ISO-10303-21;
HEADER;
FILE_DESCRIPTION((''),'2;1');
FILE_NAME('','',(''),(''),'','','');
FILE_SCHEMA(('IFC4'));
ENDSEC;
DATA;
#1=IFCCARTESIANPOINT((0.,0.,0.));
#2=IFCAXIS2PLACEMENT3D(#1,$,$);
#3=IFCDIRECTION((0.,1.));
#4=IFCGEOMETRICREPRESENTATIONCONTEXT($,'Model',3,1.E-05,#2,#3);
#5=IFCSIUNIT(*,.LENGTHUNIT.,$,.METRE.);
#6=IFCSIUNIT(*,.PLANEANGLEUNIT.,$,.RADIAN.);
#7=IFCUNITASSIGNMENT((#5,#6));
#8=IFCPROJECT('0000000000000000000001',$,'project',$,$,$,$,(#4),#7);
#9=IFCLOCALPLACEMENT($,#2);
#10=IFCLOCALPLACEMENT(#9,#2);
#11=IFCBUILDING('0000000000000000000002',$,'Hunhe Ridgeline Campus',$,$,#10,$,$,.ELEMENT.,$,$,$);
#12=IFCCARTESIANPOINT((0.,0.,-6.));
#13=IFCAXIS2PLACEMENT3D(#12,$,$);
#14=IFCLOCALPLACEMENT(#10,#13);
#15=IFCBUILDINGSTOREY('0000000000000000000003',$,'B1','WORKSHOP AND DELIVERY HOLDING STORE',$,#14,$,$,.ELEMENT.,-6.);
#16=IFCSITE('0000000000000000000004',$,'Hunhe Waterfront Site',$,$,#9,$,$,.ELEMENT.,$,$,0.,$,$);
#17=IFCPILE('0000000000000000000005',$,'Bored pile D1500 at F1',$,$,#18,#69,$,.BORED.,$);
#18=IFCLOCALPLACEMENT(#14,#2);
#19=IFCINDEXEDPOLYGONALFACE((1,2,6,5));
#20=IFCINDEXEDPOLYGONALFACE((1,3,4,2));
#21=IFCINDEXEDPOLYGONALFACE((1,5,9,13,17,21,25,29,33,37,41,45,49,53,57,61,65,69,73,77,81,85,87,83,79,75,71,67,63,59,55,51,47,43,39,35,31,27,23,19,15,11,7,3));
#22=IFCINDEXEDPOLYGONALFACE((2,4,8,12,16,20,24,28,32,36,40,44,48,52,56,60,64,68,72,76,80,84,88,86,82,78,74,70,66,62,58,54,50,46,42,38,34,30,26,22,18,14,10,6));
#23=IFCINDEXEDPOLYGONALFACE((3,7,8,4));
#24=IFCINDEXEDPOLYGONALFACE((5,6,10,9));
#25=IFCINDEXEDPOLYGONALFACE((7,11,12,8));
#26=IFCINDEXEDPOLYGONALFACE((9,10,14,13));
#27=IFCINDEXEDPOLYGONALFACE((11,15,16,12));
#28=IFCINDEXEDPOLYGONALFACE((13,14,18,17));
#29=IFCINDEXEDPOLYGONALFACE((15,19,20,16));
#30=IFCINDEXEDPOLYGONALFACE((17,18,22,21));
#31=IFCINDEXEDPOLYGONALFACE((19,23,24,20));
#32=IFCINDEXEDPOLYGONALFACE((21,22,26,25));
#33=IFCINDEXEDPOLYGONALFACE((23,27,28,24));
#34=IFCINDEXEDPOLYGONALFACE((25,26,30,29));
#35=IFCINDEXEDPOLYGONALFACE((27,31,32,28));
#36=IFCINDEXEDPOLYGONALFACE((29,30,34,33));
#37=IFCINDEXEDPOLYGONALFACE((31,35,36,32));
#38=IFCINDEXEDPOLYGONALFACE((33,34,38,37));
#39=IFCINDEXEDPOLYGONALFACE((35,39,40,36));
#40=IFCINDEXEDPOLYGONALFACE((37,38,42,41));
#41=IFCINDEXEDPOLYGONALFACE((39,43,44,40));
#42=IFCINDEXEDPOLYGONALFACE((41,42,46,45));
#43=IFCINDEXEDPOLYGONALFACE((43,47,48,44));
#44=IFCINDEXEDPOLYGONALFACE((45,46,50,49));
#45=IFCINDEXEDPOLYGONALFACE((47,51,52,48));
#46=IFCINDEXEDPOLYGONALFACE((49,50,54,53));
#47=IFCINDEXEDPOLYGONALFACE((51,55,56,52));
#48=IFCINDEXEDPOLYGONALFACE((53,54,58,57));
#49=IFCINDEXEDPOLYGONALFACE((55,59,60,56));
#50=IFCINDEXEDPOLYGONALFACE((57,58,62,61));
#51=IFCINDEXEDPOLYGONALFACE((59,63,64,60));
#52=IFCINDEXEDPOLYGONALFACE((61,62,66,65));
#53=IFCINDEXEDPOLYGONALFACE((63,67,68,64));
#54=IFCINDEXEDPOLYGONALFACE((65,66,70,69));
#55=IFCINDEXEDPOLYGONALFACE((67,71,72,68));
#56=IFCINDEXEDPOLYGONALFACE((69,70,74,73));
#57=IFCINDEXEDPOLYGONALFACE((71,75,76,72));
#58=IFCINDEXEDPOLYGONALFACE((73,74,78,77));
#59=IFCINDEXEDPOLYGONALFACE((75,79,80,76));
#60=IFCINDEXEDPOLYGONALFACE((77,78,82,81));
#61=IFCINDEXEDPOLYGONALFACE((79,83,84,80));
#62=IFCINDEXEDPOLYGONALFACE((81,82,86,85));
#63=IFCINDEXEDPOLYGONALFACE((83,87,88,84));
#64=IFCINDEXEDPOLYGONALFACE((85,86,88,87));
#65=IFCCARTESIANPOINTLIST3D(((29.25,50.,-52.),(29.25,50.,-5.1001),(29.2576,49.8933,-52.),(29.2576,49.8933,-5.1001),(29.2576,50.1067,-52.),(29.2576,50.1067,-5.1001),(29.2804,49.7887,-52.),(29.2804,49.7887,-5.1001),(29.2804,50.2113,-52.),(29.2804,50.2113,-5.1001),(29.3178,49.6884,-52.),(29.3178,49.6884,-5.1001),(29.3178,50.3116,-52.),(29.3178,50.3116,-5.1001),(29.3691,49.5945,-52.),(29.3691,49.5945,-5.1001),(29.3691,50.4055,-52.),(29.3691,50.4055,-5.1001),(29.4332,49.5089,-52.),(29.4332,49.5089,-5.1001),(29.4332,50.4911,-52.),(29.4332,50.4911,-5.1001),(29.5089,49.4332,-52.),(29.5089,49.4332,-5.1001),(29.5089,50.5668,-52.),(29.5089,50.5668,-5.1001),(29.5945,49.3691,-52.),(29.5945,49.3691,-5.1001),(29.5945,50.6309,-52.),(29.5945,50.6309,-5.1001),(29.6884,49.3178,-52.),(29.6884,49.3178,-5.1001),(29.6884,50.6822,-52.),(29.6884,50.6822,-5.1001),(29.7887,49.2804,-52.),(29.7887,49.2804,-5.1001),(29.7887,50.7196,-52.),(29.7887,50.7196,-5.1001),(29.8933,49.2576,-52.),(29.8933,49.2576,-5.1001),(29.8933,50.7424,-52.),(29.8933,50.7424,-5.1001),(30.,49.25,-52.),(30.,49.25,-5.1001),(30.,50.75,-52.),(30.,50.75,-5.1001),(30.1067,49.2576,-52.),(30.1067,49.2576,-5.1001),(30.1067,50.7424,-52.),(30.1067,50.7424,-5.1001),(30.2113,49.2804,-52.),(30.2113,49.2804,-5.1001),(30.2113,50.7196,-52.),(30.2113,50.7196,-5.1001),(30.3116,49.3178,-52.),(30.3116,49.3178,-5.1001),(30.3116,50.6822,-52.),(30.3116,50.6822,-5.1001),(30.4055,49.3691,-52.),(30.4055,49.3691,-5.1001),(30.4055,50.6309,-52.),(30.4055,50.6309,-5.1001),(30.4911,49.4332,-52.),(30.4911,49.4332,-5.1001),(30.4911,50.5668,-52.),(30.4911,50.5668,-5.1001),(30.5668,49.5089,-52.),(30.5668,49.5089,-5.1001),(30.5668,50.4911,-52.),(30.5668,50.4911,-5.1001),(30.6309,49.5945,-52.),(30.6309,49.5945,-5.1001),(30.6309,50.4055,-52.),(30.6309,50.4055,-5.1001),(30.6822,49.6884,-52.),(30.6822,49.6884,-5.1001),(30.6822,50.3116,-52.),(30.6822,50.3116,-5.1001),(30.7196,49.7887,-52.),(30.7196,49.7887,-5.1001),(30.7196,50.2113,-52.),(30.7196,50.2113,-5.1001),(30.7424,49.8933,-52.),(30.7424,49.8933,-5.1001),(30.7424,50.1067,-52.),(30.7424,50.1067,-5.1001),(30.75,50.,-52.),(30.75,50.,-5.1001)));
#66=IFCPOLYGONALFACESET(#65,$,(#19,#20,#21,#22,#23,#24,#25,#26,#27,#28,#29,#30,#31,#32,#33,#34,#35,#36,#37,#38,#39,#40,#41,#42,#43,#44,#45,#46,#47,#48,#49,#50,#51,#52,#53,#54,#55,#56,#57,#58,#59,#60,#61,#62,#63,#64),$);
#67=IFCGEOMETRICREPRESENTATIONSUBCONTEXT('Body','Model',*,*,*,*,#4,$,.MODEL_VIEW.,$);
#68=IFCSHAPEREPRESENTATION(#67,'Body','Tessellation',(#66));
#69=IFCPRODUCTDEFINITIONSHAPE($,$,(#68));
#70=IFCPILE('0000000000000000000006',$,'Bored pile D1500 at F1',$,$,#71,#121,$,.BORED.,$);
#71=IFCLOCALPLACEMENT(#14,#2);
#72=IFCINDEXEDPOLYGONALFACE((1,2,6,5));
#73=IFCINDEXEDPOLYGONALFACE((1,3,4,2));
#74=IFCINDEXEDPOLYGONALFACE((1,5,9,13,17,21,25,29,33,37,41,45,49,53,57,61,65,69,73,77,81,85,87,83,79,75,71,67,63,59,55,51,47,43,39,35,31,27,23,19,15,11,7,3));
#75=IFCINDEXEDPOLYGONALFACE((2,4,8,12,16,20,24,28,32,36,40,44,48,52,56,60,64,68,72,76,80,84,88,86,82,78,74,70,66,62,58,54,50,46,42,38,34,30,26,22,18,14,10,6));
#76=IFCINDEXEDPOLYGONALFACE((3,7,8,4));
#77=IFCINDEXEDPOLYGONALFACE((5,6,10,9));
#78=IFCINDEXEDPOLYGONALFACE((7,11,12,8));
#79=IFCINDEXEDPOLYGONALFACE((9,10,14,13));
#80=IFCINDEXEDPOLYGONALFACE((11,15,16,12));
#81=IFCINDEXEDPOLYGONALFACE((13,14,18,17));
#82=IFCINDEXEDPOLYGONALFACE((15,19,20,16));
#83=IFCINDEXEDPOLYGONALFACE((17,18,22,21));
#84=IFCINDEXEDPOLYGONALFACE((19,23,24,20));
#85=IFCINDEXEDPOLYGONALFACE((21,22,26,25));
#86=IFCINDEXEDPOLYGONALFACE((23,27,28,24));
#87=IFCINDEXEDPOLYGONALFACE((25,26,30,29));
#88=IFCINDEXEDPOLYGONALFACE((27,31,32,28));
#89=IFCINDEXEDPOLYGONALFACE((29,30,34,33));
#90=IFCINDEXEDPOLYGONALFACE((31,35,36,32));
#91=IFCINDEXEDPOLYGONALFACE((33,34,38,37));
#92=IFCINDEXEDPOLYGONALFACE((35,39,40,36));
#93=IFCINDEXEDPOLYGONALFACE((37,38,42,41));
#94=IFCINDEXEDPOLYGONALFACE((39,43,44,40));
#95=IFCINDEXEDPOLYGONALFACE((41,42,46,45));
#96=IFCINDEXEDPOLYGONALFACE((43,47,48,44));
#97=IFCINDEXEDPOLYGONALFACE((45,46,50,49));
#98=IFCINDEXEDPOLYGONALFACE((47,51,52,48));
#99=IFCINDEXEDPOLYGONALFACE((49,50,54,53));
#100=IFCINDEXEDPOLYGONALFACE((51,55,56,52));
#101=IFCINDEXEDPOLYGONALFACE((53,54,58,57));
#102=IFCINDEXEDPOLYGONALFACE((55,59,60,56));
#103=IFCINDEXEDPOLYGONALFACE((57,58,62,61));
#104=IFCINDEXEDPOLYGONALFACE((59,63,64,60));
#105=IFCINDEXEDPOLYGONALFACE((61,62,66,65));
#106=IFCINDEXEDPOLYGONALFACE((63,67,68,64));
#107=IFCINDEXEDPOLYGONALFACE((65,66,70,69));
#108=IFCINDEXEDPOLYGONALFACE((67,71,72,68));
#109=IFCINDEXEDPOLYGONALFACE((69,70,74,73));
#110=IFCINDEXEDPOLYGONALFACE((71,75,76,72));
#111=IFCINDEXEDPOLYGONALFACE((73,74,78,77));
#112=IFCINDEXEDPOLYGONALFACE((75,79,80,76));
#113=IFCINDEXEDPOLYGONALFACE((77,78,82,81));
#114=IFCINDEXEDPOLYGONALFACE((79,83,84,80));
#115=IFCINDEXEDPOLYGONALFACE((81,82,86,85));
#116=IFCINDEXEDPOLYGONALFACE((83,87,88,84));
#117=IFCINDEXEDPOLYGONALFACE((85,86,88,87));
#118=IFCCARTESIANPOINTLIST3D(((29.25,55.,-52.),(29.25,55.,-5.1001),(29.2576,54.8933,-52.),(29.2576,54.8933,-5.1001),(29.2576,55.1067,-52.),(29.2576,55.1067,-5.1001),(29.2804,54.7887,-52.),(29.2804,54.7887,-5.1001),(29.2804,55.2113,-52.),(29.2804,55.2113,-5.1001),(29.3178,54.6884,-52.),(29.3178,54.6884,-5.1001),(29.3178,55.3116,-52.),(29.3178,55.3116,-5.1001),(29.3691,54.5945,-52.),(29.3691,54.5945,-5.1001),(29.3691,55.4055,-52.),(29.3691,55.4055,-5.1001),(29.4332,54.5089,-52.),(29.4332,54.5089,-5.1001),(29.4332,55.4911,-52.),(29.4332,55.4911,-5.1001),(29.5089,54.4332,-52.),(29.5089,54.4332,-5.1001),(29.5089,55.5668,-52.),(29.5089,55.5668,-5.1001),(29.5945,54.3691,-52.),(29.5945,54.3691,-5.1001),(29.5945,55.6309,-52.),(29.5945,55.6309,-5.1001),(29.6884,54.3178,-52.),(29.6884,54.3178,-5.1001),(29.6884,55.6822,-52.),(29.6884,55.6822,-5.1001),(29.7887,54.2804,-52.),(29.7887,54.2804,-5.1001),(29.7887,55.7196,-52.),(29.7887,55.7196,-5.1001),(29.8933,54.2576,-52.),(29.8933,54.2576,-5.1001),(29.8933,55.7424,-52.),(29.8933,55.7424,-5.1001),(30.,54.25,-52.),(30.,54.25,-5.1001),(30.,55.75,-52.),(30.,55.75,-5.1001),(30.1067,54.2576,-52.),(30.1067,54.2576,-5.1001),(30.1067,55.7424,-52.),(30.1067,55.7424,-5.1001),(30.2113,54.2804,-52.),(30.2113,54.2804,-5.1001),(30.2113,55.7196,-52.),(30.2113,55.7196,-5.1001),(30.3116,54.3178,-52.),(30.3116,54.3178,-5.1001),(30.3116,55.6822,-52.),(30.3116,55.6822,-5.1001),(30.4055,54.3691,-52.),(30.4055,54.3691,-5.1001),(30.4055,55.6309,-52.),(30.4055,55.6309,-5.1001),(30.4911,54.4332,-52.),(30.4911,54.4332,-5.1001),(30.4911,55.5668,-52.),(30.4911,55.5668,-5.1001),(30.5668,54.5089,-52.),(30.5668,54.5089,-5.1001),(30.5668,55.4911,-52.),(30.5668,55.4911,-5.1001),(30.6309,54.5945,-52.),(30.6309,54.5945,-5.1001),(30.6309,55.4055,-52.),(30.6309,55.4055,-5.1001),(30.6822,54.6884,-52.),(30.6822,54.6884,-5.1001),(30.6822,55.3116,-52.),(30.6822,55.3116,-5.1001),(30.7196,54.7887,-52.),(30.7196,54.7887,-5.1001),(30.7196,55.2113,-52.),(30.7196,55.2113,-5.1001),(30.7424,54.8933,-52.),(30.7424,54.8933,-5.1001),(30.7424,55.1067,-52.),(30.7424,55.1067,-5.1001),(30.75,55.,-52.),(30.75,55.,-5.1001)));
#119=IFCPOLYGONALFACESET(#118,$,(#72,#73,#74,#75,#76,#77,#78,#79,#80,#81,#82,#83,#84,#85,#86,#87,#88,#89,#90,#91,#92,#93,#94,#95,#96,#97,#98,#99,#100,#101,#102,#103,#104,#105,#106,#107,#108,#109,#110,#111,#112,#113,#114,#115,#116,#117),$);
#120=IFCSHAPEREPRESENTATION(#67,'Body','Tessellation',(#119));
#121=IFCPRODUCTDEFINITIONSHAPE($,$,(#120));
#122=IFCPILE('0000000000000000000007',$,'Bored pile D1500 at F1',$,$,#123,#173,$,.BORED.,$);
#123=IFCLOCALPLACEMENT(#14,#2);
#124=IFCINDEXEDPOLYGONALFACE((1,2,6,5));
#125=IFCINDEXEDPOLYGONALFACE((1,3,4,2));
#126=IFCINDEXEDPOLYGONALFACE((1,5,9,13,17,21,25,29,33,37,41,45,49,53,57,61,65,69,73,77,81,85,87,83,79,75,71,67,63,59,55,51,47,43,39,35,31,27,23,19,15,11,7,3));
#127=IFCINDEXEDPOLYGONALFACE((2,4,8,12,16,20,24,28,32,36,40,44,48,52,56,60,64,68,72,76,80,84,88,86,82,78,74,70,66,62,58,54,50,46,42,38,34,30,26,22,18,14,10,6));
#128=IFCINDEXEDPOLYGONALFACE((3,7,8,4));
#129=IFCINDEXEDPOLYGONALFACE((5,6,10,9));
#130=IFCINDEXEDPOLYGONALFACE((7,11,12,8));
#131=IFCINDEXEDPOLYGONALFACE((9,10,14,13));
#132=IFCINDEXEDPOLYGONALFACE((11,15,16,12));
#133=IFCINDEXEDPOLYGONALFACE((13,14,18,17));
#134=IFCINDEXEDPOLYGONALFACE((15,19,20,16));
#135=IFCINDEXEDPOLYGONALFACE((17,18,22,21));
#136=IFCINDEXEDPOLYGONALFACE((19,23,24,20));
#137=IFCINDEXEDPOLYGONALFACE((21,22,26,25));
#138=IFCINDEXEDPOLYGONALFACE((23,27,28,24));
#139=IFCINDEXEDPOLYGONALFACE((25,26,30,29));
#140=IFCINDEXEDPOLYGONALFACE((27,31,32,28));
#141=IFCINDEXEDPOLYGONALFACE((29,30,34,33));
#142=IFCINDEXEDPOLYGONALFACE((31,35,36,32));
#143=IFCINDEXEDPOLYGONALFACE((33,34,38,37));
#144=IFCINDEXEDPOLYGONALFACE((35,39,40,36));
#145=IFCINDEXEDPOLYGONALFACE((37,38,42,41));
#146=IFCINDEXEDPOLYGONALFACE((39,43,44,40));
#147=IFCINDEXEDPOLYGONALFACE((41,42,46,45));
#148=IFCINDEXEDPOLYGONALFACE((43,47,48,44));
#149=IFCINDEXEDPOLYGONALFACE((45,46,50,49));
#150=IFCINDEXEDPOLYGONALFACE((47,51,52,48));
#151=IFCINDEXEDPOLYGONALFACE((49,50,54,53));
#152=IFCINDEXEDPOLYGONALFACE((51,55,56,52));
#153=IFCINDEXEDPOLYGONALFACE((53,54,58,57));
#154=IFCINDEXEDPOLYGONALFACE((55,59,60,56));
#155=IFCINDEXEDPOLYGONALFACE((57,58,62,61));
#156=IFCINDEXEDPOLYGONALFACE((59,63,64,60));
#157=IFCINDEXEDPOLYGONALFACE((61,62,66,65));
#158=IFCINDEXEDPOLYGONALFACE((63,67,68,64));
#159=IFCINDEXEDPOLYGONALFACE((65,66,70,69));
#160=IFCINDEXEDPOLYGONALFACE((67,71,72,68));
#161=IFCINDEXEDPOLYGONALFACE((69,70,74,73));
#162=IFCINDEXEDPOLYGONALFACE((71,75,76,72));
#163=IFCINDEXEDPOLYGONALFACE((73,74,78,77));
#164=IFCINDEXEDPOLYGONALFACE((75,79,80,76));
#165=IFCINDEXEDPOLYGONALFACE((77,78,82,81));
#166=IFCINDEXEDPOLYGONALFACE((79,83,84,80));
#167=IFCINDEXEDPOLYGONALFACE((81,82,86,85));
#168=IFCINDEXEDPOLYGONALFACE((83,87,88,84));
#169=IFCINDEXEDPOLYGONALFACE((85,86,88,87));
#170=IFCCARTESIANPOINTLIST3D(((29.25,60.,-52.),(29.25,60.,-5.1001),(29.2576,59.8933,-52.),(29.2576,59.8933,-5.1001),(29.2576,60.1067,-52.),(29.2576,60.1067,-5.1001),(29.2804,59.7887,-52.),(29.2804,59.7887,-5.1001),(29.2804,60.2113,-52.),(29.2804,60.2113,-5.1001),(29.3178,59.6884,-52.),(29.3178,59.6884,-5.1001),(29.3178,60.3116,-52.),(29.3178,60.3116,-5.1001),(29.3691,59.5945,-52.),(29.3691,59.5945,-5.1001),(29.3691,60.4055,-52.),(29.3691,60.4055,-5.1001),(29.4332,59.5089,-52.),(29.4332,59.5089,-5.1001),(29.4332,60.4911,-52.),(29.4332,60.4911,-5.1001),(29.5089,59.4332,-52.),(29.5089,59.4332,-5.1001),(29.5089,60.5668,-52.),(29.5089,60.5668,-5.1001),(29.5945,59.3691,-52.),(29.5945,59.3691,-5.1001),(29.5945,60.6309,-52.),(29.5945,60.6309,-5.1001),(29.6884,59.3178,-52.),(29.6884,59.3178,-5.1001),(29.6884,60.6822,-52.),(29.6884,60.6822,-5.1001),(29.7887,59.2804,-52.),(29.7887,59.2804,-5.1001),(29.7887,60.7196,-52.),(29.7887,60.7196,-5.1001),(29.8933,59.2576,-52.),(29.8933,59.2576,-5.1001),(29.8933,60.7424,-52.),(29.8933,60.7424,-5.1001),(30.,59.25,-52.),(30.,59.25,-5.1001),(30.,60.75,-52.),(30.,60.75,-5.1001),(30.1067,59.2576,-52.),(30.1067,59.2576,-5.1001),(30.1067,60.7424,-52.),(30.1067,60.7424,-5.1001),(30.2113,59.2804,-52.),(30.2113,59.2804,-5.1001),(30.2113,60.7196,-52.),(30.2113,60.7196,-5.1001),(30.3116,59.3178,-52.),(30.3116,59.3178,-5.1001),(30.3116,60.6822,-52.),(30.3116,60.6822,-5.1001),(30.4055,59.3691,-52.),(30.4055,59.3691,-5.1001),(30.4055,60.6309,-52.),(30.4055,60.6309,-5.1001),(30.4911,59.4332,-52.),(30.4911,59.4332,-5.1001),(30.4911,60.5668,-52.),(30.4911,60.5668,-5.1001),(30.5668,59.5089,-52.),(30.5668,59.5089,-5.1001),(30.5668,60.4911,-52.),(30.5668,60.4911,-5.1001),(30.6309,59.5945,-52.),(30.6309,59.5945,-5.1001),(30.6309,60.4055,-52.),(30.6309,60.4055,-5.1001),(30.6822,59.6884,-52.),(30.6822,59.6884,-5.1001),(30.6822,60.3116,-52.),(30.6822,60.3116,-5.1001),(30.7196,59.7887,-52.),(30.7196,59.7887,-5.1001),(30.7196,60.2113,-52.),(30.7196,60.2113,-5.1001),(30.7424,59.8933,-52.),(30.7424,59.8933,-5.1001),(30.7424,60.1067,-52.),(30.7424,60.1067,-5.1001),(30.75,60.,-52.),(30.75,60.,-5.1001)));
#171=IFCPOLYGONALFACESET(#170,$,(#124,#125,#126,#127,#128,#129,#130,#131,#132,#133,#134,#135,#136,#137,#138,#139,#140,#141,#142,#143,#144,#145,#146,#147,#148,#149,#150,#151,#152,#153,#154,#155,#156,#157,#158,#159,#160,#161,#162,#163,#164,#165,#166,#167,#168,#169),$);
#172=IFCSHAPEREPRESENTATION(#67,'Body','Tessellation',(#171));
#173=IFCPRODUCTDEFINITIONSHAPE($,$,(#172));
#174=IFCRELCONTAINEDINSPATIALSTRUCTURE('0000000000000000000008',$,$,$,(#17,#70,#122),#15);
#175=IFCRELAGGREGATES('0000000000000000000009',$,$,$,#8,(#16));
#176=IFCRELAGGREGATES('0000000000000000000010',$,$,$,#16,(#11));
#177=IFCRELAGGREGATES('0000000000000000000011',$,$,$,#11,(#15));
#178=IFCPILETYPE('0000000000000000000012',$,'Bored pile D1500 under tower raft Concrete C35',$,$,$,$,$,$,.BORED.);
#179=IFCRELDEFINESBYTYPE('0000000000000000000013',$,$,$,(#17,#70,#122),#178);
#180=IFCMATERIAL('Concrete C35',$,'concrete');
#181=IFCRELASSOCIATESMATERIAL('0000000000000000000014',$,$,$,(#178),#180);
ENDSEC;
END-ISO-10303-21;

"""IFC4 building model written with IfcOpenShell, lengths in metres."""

from ifc_helpers import new_model, si_unit, direction, frame, origin, origin_2d, place, context, subcontext, project, spatial, circle, extrude, material, material_profile, profile_set, type_object, element, save


model = new_model("IFC4")

# Units and contexts
model_context = context("Model", 3, precision=1e-05, world=origin(), true_north=direction((0.0, 1.0)))
body_context = subcontext(model_context, "Body", "Model", "MODEL_VIEW")
ifc_project = project(units=[si_unit("LENGTHUNIT", "METRE"), si_unit("PLANEANGLEUNIT", "RADIAN")], contexts=[model_context])

# Site, building, storey
site_placement = place(None, origin())
site = spatial("IfcSite", under=ifc_project, at=site_placement, Name="Hunhe Waterfront Site", CompositionType="ELEMENT", RefElevation=0.0)
building_placement = place(site_placement, origin())
building = spatial("IfcBuilding", under=site, at=building_placement, Name="Hunhe Ridgeline Campus", CompositionType="ELEMENT")
storey_placement = place(building_placement, frame((0.0, 0.0, -6.0)))
storey = spatial("IfcBuildingStorey", under=building, at=storey_placement, Name="B1", Description="WORKSHOP AND DELIVERY HOLDING STORE", CompositionType="ELEMENT", Elevation=-6.0)

# Piles
ifc_material_1 = material(Name="Concrete C35", Category="concrete")
ifc_material_profile_1 = material_profile(ifc_material_1, circle(Radius=0.75, at=origin_2d()))
ifc_profile_set_1 = profile_set([ifc_material_profile_1], Name="Concrete C35")
pile_type = type_object("IfcPileType", Name="Bored pile D1500 under tower raft Concrete C35", PredefinedType="BORED", material=ifc_profile_set_1)
for number, where, z_axis, x_axis, name in (
    (1, (30.0, 50.0, -5.1001), (0.0, 0.0, -1.0), (1.0, 0.0, 0.0), "Bored pile D1500 at F1"),
    (2, (30.0, 55.0, -5.1001), (0.0, 0.0, -1.0), (1.0, 0.0, 0.0), "Bored pile D1500 at F1"),
    (3, (30.0, 60.0, -5.1001), (0.0, 0.0, -1.0), (1.0, 0.0, 0.0), "Bored pile D1500 at F1"),
):
    element("IfcPile", number, at=place(storey_placement, frame(where, z_axis=z_axis, x_axis=x_axis)), inside=storey, type_object=pile_type, Name=name, PredefinedType="BORED", context=body_context, shape_type="SweptSolid", body=[
        extrude(circle(Radius=0.75, at=origin_2d()), origin(), (0.0, 0.0, 1.0), 46.8999),
    ])

save(model, "model.ifc")
